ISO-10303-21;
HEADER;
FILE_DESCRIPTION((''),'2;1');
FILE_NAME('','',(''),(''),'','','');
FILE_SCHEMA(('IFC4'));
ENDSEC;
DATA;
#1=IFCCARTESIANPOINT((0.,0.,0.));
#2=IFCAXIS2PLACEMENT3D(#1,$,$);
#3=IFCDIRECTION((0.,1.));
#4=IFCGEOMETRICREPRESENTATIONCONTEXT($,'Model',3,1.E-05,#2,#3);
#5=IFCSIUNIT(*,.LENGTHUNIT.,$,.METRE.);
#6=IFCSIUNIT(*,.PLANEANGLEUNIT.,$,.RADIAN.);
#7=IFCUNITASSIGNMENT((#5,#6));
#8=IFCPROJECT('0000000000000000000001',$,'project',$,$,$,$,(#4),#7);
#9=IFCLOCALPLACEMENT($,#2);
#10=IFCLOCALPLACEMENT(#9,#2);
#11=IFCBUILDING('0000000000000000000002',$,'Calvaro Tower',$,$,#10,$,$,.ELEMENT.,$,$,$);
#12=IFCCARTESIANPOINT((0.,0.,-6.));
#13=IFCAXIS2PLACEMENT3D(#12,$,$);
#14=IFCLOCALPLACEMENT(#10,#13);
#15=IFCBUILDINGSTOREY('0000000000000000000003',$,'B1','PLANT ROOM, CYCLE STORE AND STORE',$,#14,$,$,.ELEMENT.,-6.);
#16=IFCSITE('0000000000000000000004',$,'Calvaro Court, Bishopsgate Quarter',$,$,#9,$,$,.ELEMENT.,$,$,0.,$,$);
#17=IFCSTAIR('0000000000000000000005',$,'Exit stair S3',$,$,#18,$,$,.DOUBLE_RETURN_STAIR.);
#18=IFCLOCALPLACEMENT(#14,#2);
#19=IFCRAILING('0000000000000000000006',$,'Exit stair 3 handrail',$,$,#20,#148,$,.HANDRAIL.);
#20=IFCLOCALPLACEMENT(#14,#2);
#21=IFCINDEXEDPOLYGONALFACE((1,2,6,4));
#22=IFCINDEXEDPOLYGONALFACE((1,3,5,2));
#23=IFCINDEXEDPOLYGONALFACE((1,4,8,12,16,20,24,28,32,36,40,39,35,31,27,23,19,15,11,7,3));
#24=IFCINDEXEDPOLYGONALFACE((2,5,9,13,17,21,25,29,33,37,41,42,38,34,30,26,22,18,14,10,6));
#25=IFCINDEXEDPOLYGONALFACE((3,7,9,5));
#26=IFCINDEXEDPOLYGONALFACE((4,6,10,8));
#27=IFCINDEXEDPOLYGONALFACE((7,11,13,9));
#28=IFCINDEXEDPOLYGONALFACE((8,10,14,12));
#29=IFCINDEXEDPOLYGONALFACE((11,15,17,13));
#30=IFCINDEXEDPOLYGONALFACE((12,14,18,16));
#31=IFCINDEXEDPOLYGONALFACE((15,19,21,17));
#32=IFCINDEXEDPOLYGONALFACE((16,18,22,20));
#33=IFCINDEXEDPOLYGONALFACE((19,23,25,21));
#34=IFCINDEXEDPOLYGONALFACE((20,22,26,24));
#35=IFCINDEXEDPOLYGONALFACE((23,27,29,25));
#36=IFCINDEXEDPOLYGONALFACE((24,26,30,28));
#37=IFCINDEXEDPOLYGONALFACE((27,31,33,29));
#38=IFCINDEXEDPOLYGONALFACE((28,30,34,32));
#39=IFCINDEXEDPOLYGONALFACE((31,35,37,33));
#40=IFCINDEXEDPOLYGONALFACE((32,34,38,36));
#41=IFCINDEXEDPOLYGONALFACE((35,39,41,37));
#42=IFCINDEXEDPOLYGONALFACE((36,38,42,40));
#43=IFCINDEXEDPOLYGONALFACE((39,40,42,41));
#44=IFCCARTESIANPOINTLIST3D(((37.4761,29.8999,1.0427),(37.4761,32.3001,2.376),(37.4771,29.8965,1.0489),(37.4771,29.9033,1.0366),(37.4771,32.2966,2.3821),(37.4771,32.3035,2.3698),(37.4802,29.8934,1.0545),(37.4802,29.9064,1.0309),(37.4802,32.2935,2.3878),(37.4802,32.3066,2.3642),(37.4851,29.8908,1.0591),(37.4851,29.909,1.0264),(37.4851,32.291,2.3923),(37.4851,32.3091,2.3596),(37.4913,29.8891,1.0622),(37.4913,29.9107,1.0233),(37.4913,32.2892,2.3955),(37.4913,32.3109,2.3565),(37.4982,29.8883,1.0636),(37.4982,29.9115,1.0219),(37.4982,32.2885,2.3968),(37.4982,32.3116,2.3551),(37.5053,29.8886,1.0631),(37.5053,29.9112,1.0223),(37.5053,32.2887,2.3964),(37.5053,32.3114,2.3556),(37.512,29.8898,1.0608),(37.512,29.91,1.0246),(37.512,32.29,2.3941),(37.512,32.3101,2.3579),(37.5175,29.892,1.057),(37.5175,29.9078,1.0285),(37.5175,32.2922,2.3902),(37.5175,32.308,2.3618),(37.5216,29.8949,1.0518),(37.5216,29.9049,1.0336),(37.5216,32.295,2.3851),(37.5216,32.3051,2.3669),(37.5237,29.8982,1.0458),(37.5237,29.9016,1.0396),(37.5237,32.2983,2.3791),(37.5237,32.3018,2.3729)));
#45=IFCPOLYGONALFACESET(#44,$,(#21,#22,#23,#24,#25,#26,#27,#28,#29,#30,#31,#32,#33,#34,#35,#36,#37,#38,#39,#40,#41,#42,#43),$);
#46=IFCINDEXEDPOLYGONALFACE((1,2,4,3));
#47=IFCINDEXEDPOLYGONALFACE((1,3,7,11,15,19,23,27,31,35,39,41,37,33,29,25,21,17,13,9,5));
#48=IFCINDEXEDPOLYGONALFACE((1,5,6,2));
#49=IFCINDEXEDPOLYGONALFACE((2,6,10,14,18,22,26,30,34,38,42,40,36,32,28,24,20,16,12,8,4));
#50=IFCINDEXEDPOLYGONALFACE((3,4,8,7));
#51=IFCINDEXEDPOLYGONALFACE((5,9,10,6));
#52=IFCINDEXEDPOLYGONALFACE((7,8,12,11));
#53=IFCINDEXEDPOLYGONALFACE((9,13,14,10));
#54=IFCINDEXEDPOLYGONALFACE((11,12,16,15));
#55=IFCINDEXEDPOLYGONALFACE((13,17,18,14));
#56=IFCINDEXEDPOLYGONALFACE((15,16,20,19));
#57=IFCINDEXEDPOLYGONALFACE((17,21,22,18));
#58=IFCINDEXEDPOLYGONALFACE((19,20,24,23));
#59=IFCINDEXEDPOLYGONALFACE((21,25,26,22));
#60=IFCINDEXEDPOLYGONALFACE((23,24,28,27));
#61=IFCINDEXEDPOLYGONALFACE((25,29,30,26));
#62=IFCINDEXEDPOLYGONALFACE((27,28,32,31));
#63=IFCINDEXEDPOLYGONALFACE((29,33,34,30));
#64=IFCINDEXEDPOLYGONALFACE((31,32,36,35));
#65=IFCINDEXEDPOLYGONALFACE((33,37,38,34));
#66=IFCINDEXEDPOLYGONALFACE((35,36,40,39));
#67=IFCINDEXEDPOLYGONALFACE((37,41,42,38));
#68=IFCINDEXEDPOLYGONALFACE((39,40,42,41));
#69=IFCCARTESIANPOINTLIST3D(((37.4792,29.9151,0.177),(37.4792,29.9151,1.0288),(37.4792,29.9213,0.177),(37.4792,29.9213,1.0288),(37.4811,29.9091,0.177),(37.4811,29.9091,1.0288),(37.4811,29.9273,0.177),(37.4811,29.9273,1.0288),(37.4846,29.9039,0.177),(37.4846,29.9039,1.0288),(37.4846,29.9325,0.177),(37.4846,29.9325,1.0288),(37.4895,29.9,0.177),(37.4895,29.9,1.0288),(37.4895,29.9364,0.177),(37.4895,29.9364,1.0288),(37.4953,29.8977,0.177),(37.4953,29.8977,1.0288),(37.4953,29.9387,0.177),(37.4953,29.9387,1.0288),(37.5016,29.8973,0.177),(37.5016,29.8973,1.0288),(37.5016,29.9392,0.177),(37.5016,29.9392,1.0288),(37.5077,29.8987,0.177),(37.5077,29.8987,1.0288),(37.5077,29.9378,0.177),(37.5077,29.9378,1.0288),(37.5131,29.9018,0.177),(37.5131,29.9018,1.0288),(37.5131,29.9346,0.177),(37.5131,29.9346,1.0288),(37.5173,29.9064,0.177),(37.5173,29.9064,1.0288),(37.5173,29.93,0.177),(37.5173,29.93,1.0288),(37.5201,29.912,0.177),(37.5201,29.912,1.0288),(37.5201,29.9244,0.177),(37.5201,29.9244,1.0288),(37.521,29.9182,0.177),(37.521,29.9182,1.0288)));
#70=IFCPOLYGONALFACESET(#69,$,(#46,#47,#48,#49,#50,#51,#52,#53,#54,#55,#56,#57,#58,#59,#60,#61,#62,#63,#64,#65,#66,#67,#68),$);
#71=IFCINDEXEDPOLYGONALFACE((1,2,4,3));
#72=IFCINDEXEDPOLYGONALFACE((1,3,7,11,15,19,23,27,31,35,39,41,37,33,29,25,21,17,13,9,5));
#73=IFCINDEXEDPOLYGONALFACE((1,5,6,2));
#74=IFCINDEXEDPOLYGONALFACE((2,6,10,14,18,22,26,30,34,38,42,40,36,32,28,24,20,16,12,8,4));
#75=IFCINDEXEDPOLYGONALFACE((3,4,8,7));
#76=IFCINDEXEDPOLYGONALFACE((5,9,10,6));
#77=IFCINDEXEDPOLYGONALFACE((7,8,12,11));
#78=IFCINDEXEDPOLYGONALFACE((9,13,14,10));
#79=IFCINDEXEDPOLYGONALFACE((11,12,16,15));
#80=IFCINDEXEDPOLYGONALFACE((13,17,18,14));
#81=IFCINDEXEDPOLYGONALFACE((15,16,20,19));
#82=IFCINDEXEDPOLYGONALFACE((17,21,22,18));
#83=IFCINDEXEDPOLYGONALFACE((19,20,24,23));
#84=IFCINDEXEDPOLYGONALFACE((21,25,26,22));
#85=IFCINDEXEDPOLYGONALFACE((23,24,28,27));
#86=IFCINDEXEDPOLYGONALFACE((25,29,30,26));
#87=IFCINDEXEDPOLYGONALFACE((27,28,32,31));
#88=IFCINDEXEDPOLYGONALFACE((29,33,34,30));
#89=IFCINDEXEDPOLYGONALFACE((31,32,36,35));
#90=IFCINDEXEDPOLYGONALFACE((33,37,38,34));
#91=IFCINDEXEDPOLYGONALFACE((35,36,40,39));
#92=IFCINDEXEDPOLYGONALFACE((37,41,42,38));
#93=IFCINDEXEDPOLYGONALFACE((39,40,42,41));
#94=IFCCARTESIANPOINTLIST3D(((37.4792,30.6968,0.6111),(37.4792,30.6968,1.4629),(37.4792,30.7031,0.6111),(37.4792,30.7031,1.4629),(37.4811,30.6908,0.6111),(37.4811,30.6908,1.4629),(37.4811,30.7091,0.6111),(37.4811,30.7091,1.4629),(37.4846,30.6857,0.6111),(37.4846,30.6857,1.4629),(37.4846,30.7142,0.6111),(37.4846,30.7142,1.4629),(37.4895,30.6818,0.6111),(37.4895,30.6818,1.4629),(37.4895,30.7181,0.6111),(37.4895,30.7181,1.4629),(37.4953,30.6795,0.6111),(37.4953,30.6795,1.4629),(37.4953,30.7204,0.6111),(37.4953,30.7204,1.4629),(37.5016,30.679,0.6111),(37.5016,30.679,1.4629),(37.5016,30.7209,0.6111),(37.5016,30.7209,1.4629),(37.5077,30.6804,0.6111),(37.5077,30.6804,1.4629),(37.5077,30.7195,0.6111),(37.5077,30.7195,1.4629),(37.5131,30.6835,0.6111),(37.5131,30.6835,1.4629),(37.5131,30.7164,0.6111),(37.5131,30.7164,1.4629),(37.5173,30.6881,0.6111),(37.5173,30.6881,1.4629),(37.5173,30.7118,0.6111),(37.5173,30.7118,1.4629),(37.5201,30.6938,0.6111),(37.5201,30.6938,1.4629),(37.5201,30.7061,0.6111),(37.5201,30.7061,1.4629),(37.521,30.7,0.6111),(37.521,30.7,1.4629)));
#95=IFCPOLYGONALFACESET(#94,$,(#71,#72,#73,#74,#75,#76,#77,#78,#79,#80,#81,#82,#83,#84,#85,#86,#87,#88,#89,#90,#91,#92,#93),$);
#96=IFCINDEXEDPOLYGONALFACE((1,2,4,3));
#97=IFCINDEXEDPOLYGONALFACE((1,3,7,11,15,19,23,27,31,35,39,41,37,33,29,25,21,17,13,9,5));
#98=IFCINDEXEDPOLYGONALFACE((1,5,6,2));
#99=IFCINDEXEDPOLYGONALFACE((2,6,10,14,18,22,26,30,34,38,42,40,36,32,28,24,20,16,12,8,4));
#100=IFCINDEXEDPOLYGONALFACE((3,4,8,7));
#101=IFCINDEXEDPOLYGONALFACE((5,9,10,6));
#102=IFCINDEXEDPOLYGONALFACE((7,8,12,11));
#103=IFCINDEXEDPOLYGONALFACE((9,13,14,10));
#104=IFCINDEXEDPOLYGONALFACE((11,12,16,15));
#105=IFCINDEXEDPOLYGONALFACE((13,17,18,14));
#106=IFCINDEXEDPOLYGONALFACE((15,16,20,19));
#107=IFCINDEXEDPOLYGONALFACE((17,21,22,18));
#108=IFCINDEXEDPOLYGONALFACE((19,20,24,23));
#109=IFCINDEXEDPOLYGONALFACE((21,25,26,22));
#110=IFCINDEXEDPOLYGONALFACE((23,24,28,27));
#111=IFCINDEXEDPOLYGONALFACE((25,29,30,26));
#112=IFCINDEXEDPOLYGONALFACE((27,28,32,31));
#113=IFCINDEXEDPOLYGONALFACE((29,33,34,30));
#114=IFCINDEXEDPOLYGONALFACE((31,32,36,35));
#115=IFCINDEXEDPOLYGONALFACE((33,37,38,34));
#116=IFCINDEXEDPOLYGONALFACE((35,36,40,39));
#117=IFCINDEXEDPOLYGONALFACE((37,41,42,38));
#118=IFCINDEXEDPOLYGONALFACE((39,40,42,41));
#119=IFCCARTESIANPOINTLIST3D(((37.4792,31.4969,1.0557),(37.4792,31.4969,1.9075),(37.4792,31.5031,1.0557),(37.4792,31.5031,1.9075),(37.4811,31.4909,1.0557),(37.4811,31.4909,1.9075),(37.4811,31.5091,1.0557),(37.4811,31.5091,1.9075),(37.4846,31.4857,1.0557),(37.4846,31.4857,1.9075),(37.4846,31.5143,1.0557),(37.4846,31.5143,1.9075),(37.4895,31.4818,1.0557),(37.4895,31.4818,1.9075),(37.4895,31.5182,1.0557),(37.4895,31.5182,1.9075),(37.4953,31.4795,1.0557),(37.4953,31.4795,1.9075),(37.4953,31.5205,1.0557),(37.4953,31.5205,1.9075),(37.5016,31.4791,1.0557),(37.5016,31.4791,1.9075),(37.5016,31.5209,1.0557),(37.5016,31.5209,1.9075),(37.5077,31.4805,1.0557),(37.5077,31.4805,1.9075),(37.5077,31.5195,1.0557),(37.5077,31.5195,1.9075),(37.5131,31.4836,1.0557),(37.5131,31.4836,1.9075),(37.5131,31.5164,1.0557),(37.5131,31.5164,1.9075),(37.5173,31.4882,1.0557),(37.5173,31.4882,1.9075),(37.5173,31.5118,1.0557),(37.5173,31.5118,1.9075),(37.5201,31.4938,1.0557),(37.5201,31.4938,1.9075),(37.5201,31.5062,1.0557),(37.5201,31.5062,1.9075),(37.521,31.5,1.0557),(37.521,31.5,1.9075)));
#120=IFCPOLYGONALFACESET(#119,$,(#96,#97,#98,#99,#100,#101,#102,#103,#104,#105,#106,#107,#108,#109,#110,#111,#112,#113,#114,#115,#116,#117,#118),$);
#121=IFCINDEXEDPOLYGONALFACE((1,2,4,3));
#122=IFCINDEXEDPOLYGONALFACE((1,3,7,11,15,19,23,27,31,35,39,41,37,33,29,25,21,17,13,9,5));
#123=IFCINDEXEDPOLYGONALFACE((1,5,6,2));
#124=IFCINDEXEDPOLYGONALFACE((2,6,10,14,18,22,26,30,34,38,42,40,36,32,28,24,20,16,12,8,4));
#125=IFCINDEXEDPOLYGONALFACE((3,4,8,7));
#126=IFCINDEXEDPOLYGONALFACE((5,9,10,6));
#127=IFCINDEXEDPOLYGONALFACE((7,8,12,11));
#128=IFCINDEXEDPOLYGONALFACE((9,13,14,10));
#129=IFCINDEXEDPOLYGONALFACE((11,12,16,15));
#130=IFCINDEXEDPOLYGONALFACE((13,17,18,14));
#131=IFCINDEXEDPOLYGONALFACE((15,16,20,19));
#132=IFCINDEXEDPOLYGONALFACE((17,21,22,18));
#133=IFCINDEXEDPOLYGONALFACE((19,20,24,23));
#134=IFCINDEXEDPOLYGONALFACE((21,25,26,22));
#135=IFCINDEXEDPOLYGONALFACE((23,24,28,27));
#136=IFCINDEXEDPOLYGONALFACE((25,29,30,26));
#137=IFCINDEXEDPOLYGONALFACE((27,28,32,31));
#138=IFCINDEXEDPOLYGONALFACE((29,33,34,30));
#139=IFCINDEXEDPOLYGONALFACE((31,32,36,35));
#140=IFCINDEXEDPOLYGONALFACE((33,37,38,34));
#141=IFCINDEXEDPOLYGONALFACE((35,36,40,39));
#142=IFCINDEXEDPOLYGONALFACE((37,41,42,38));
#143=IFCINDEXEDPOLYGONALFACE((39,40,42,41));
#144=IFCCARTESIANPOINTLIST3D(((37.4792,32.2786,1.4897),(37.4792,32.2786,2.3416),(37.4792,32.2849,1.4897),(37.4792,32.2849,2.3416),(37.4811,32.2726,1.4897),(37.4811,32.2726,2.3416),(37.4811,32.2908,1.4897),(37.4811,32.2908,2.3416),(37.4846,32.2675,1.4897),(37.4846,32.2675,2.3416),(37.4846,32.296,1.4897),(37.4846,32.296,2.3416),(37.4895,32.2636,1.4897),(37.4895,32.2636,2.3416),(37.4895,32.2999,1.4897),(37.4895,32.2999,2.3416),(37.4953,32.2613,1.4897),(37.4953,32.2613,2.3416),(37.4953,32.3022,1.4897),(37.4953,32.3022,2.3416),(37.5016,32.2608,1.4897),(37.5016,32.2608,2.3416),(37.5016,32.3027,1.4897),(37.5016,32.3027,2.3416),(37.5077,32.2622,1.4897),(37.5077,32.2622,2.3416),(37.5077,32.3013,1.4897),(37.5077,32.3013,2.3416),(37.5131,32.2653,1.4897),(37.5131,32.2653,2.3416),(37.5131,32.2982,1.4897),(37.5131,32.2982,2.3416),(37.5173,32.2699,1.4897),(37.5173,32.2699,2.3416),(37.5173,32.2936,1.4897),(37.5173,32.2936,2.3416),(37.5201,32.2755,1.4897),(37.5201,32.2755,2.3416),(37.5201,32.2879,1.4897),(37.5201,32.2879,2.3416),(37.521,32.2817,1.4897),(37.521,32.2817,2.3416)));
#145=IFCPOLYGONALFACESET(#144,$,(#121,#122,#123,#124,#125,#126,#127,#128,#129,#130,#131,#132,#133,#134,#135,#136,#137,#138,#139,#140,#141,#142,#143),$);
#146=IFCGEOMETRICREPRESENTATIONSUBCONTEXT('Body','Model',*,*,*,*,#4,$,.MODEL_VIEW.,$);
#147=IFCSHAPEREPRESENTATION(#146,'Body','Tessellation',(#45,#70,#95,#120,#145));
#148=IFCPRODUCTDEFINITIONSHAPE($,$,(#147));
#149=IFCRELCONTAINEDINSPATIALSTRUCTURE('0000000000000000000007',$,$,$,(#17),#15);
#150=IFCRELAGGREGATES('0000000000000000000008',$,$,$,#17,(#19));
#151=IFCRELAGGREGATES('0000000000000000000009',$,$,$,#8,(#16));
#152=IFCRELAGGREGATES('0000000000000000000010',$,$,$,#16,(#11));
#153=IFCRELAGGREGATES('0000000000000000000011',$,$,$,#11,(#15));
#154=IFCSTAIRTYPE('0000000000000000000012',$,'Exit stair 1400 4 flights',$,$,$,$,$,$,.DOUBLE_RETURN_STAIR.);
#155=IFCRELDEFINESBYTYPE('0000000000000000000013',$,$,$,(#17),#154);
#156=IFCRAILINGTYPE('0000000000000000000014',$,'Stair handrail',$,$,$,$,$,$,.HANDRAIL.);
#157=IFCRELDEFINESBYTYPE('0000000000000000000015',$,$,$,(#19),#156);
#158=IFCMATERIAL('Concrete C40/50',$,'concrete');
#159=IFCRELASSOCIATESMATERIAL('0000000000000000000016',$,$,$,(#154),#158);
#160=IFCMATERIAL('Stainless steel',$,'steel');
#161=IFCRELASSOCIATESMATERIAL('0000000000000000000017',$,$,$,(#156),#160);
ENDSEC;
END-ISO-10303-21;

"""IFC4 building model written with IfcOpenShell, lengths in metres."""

from ifc_helpers import new_model, si_unit, direction, frame, origin, origin_2d, place, context, subcontext, project, spatial, circle, extrude, material, type_object, element, aggregate, save


model = new_model("IFC4")

# Units and contexts
model_context = context("Model", 3, precision=1e-05, world=origin(), true_north=direction((0.0, 1.0)))
body_context = subcontext(model_context, "Body", "Model", "MODEL_VIEW")
ifc_project = project(units=[si_unit("LENGTHUNIT", "METRE"), si_unit("PLANEANGLEUNIT", "RADIAN")], contexts=[model_context])

# Site, building, storey
site_placement = place(None, origin())
site = spatial("IfcSite", under=ifc_project, at=site_placement, Name="Calvaro Court, Bishopsgate Quarter", CompositionType="ELEMENT", RefElevation=0.0)
building_placement = place(site_placement, origin())
building = spatial("IfcBuilding", under=site, at=building_placement, Name="Calvaro Tower", CompositionType="ELEMENT")
storey_placement = place(building_placement, frame((0.0, 0.0, -6.0)))
storey = spatial("IfcBuildingStorey", under=building, at=storey_placement, Name="B1", Description="PLANT ROOM, CYCLE STORE AND STORE", CompositionType="ELEMENT", Elevation=-6.0)

# Stair
ifc_material_1 = material(Name="Concrete C40/50", Category="concrete")
stair_type = type_object("IfcStairType", Name="Exit stair 1400 4 flights", PredefinedType="DOUBLE_RETURN_STAIR", material=ifc_material_1)
stair_1_placement = place(storey_placement, origin())
stair_1 = element("IfcStair", 1, at=stair_1_placement, inside=storey, type_object=stair_type, Name="Exit stair S3", PredefinedType="DOUBLE_RETURN_STAIR")

# Railing
ifc_material_2 = material(Name="Stainless steel", Category="steel")
railing_type = type_object("IfcRailingType", Name="Stair handrail", PredefinedType="HANDRAIL", material=ifc_material_2)
railing_1_placement = place(storey_placement, frame((37.5, 29.8999, 0.1667)))
railing_1 = element("IfcRailing", 2, at=railing_1_placement, type_object=railing_type, Name="Exit stair 3 handrail", PredefinedType="HANDRAIL", context=body_context, shape_type="SweptSolid", body=[
    extrude(circle(Radius=0.0239, at=origin_2d()), frame((0.0, 0.0, 0.876), z_axis=(0.0, 0.874182, 0.485598), x_axis=(-1.0, 0.0, 0.0)), (0.0, 0.0, 1.0), 2.7456),
    extrude(circle(Radius=0.021, at=origin_2d()), frame((0.0, 0.0183, 0.0103)), (0.0, 0.0, 1.0), 0.8518),
    extrude(circle(Radius=0.021, at=origin_2d()), frame((0.0, 0.8, 0.4443)), (0.0, 0.0, 1.0), 0.8518),
    extrude(circle(Radius=0.021, at=origin_2d()), frame((0.0, 1.6001, 0.8889)), (0.0, 0.0, 1.0), 0.8518),
    extrude(circle(Radius=0.021, at=origin_2d()), frame((0.0, 2.3818, 1.323)), (0.0, 0.0, 1.0), 0.8518),
])
aggregate(stair_1, [railing_1])

save(model, "model.ifc")
